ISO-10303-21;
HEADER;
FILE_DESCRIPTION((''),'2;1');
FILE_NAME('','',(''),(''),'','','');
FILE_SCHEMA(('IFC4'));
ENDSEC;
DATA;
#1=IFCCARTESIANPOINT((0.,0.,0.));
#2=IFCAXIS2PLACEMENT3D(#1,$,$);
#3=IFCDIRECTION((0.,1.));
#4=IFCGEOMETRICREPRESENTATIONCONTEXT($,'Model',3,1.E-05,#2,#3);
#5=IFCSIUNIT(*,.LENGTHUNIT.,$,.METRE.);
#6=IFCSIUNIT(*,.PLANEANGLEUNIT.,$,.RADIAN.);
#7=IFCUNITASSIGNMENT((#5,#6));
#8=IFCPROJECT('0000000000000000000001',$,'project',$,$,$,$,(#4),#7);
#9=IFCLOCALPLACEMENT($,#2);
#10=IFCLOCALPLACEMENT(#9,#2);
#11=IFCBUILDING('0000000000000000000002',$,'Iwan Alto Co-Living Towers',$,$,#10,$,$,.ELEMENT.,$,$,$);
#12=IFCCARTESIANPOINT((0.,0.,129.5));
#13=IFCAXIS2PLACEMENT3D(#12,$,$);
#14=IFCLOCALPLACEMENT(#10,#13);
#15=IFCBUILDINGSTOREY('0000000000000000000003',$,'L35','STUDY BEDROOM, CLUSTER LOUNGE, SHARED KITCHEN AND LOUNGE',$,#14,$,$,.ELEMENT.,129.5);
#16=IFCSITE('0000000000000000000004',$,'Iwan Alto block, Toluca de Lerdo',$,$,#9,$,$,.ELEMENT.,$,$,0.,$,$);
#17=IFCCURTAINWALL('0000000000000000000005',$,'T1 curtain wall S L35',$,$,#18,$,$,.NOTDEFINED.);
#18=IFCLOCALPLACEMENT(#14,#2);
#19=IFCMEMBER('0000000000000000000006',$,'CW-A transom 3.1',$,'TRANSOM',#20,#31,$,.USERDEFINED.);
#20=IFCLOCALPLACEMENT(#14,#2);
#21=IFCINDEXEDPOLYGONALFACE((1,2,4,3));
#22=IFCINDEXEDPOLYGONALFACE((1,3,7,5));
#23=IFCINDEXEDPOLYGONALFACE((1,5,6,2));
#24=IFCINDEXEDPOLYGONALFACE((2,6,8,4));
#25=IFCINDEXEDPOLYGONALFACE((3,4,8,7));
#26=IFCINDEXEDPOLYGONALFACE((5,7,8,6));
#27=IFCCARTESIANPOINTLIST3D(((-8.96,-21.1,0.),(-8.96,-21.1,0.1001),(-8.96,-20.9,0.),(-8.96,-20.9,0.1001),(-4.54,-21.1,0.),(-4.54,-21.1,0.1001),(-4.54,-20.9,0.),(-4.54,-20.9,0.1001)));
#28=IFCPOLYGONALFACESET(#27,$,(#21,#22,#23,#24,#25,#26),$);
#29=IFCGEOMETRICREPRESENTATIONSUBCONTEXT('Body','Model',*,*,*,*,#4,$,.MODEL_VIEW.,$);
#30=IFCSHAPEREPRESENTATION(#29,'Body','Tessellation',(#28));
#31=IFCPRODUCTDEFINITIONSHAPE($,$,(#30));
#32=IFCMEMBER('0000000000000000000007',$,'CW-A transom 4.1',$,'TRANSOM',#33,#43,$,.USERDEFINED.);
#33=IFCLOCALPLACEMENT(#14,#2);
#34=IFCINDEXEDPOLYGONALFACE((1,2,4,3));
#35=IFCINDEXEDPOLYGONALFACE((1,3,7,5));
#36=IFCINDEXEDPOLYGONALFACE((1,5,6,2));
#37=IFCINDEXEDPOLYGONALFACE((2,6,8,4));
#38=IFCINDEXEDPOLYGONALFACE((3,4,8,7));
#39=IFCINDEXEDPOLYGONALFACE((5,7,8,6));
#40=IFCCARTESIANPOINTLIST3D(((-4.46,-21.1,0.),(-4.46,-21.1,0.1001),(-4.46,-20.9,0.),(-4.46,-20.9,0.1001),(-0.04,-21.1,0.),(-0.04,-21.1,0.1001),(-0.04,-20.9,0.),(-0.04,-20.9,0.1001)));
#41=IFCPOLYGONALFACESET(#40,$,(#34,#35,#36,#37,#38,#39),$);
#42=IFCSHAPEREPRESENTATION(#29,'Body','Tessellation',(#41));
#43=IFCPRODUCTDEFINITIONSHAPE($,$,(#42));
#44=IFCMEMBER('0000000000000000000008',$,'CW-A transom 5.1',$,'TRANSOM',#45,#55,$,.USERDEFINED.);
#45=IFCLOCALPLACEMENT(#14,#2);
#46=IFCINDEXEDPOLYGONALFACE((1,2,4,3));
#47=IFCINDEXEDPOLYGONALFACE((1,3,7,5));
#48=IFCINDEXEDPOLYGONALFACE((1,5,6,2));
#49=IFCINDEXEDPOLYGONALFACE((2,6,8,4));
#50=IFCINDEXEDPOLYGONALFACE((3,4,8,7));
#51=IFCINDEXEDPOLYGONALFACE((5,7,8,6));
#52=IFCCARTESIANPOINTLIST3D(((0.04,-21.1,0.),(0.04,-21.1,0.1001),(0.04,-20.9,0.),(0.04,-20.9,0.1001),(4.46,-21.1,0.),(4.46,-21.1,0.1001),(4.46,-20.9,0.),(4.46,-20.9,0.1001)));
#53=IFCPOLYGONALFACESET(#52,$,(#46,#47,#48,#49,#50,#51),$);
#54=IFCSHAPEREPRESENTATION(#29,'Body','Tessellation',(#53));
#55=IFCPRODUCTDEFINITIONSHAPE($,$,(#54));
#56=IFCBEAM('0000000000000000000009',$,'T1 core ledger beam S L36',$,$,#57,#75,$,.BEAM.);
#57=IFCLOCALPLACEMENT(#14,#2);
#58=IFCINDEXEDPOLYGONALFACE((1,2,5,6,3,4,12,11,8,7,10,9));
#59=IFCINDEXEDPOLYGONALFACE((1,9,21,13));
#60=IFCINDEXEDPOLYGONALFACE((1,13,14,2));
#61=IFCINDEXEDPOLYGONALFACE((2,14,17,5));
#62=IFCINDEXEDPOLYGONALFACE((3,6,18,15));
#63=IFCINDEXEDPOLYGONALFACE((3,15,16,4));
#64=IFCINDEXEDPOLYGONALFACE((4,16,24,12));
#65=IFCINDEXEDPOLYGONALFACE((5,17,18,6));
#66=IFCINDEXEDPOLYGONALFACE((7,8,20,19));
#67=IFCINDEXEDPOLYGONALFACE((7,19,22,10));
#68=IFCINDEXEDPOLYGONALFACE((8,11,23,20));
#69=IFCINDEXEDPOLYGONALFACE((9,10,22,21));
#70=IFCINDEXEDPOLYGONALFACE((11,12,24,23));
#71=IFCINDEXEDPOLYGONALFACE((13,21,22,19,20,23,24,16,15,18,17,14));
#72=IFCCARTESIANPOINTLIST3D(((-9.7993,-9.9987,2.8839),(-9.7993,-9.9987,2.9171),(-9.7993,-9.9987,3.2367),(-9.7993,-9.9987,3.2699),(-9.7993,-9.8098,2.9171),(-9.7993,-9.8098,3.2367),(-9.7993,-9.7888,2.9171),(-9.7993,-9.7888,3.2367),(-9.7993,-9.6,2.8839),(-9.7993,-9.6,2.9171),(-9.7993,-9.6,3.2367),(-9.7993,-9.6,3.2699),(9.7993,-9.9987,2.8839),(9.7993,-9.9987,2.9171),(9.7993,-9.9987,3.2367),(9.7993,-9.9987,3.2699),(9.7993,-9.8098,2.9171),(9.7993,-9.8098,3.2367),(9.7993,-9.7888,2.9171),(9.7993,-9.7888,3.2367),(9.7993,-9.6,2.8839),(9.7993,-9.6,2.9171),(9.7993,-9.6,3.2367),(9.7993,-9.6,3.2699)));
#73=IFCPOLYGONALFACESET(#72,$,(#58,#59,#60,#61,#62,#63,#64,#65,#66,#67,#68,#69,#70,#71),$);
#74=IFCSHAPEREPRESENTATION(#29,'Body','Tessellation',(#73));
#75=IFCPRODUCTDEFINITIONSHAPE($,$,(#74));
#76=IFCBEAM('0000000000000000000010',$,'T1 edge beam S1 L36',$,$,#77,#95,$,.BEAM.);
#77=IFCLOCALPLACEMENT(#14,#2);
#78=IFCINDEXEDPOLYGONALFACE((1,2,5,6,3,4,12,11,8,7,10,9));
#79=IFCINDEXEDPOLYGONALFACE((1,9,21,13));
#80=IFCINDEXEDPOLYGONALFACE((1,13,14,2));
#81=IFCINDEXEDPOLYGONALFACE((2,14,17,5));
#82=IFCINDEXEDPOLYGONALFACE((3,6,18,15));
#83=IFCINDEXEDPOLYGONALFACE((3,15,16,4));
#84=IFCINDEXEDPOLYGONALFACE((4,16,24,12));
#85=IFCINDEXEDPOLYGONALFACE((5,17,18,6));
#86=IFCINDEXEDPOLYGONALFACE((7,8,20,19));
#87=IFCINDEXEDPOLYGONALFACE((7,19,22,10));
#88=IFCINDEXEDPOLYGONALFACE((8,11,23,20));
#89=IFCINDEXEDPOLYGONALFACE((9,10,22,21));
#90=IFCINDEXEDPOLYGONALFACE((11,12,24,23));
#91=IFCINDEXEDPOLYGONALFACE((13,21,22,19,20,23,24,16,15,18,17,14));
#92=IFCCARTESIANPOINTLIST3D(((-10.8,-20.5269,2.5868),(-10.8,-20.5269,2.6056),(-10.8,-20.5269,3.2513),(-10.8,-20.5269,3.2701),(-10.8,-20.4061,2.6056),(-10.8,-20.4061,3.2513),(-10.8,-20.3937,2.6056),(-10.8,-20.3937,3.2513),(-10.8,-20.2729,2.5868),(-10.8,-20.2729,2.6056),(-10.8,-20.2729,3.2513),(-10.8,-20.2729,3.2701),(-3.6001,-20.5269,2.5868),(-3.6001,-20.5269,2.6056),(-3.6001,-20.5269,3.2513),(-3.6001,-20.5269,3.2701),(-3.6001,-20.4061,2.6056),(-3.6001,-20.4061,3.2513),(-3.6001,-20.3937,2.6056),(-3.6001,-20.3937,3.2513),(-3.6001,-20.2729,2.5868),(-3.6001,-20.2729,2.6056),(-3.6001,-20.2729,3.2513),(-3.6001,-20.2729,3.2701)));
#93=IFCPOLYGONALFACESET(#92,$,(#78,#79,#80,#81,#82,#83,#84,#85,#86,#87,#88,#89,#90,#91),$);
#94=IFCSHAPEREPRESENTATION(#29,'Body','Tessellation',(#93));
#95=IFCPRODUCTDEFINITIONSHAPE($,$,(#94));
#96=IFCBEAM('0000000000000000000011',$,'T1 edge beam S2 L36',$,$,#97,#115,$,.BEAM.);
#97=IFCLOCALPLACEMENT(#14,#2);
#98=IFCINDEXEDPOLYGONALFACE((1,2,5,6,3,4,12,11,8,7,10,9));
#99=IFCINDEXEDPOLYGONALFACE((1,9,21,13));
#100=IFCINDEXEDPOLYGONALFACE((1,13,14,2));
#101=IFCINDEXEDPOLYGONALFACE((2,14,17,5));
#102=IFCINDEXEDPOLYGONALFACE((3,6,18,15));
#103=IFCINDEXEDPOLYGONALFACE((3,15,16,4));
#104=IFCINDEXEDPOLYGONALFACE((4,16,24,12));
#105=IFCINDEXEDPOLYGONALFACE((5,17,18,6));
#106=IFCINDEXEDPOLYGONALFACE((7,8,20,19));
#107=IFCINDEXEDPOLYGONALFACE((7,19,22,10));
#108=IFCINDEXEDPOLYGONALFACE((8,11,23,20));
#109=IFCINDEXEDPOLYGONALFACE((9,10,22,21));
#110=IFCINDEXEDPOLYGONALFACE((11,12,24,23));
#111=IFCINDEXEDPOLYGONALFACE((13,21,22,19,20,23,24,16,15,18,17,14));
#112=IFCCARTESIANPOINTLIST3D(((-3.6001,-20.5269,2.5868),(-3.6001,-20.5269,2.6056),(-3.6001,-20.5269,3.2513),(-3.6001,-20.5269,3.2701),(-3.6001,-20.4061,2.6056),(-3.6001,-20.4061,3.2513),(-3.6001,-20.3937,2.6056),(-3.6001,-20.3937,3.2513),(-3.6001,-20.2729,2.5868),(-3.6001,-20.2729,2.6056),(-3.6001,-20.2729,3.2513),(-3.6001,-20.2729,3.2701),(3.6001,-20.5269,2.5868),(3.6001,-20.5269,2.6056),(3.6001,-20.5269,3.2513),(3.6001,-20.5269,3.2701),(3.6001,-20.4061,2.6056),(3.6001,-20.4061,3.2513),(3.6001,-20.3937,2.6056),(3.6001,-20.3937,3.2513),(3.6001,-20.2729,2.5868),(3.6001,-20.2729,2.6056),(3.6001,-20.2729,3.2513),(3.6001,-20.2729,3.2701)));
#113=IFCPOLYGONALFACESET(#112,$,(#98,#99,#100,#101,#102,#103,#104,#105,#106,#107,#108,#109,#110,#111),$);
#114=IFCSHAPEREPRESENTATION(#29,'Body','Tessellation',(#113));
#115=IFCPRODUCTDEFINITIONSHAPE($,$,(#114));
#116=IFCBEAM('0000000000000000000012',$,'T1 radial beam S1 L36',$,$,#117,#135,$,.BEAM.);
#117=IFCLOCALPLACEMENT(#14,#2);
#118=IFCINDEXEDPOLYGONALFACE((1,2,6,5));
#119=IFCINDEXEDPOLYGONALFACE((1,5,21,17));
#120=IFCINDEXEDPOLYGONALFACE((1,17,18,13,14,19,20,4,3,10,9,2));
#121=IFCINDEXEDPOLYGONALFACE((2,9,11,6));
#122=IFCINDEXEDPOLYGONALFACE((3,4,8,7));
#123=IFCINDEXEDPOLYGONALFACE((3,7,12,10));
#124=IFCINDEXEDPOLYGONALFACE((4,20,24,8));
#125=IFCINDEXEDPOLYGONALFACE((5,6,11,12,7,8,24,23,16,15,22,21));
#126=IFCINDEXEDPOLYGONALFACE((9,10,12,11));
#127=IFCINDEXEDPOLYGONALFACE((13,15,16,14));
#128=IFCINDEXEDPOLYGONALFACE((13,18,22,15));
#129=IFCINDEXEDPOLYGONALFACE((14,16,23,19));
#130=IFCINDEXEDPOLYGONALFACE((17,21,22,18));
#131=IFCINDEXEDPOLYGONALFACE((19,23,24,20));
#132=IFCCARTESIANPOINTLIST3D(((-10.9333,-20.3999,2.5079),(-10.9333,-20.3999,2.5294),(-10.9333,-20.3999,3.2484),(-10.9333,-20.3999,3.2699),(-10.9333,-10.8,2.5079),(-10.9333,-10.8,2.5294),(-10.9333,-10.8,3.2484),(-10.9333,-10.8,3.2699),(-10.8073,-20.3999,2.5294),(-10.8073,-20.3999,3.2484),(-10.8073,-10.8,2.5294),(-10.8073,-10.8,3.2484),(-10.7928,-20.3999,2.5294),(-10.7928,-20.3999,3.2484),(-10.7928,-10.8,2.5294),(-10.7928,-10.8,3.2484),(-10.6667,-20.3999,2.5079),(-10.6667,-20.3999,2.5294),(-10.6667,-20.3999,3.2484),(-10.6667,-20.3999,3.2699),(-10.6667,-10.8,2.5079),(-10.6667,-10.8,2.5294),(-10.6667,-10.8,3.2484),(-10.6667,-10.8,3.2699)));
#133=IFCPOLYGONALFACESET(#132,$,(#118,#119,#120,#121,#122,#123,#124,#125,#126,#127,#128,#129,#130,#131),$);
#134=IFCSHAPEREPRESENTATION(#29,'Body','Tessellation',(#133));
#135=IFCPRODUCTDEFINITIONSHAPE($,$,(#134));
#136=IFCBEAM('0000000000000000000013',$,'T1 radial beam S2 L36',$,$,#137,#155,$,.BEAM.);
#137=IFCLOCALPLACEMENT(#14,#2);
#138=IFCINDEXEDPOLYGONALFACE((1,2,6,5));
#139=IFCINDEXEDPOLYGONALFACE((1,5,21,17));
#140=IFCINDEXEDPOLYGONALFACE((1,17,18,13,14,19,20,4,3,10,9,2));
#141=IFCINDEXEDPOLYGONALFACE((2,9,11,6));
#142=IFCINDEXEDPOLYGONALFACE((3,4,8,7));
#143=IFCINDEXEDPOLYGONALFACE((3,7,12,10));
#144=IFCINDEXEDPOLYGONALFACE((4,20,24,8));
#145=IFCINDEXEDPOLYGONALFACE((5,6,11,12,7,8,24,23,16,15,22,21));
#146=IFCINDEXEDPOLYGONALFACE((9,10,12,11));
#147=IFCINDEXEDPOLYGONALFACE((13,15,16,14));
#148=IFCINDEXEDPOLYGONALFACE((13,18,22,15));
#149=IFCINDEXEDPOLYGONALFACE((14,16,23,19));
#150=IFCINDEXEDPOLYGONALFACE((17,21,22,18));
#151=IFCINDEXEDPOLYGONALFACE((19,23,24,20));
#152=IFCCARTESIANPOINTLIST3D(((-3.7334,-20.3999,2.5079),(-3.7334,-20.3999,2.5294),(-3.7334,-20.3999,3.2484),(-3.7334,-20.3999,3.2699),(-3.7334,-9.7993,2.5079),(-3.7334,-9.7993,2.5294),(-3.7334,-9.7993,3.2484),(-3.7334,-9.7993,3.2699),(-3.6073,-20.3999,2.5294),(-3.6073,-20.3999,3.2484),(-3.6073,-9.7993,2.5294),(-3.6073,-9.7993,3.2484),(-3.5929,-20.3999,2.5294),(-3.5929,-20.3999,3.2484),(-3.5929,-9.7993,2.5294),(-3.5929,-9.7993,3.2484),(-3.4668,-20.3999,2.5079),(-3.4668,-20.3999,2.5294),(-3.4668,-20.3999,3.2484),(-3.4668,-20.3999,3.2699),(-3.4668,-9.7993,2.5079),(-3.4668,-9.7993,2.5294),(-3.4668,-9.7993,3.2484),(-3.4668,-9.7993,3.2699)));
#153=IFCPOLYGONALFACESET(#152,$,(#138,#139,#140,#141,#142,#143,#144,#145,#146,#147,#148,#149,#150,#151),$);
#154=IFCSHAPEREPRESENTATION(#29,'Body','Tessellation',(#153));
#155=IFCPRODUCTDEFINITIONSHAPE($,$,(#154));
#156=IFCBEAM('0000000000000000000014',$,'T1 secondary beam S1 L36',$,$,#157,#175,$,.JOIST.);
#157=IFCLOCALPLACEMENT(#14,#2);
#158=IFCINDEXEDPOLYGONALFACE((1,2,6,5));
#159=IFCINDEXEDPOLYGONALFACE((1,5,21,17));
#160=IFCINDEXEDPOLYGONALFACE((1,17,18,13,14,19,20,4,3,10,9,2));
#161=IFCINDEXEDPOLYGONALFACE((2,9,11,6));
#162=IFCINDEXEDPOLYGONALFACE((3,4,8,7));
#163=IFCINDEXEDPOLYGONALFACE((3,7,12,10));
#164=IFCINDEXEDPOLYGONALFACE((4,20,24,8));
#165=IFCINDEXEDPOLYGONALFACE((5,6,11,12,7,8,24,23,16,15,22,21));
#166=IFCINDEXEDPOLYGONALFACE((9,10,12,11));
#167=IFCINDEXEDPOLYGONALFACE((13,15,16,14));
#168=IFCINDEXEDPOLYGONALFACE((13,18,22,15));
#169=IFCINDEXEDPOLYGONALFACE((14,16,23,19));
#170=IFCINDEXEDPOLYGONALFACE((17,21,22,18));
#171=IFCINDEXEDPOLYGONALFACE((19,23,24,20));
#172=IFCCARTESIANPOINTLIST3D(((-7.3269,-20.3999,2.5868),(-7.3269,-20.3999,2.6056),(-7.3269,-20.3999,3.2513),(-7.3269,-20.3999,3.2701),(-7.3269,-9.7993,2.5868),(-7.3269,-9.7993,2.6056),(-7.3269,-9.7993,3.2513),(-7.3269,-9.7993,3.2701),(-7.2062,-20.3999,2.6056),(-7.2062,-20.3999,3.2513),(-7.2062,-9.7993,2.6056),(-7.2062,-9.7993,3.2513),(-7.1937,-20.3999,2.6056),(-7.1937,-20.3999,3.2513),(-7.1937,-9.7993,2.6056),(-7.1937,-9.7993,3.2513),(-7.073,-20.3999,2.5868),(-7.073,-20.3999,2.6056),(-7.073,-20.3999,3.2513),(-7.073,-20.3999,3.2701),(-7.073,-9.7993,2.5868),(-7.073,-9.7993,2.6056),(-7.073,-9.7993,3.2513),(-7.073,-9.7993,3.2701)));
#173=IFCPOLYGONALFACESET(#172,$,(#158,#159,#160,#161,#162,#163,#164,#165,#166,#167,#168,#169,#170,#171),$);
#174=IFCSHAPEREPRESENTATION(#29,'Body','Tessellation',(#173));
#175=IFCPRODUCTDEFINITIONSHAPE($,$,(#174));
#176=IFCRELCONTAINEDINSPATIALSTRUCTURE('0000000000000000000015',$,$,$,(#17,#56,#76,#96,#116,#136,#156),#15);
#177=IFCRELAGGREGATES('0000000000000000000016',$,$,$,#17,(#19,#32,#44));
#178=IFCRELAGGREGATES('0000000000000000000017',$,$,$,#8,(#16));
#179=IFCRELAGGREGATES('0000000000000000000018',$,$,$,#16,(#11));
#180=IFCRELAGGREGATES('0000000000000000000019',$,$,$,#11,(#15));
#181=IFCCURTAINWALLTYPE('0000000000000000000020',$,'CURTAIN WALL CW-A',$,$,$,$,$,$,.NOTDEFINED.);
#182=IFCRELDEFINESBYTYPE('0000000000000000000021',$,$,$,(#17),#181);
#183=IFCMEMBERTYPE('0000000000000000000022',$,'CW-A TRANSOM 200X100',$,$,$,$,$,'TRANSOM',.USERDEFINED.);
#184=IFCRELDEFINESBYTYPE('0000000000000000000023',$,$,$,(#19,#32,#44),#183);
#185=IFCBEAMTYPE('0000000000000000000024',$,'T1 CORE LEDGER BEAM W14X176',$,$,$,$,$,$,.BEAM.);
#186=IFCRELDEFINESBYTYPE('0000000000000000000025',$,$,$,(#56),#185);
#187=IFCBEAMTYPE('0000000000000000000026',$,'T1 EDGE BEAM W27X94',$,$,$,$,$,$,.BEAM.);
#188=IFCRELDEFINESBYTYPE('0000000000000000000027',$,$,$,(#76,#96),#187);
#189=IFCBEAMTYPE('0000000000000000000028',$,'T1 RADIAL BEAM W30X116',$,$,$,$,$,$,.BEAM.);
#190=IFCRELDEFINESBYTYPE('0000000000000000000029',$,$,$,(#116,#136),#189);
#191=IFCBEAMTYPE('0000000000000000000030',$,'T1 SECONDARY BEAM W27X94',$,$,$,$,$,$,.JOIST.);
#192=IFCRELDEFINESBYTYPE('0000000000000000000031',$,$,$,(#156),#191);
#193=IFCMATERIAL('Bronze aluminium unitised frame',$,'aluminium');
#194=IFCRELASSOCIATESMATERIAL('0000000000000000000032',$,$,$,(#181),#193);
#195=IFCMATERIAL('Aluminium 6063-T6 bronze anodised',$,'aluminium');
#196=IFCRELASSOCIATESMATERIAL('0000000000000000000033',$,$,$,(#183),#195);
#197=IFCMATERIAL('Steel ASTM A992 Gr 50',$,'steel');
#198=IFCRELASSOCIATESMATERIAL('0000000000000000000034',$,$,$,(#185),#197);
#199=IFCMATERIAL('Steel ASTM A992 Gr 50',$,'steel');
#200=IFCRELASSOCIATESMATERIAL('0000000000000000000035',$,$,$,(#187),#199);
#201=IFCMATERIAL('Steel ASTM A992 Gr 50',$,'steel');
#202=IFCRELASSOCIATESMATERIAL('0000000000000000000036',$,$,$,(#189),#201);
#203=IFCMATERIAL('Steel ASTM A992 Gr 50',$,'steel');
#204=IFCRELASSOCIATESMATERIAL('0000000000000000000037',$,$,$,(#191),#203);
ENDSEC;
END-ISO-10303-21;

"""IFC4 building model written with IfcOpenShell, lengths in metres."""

from ifc_helpers import new_model, si_unit, direction, frame, origin, origin_2d, place, context, subcontext, project, spatial, rectangle, i_section, extrude, material, material_profile, profile_set, type_object, element, aggregate, save


model = new_model("IFC4")

# Units and contexts
model_context = context("Model", 3, precision=1e-05, world=origin(), true_north=direction((0.0, 1.0)))
body_context = subcontext(model_context, "Body", "Model", "MODEL_VIEW")
ifc_project = project(units=[si_unit("LENGTHUNIT", "METRE"), si_unit("PLANEANGLEUNIT", "RADIAN")], contexts=[model_context])

# Site, building, storey
site_placement = place(None, origin())
site = spatial("IfcSite", under=ifc_project, at=site_placement, Name="Iwan Alto block, Toluca de Lerdo", CompositionType="ELEMENT", RefElevation=0.0)
building_placement = place(site_placement, origin())
building = spatial("IfcBuilding", under=site, at=building_placement, Name="Iwan Alto Co-Living Towers", CompositionType="ELEMENT")
storey_placement = place(building_placement, frame((0.0, 0.0, 129.5)))
storey = spatial("IfcBuildingStorey", under=building, at=storey_placement, Name="L35", Description="STUDY BEDROOM, CLUSTER LOUNGE, SHARED KITCHEN AND LOUNGE", CompositionType="ELEMENT", Elevation=129.5)

# Curtain wall, members
ifc_material_1 = material(Name="Bronze aluminium unitised frame", Category="aluminium")
curtain_wall_type = type_object("IfcCurtainWallType", Name="CURTAIN WALL CW-A", PredefinedType="NOTDEFINED", material=ifc_material_1)
curtain_wall_placement = place(storey_placement, origin())
curtain_wall = element("IfcCurtainWall", 1, at=curtain_wall_placement, inside=storey, type_object=curtain_wall_type, Name="T1 curtain wall S L35", PredefinedType="NOTDEFINED")
ifc_material_2 = material(Name="Aluminium 6063-T6 bronze anodised", Category="aluminium")
ifc_material_profile_1 = material_profile(ifc_material_2, rectangle(XDim=0.2, YDim=0.1001, at=origin_2d()), Name="AL 200X100")
ifc_profile_set_1 = profile_set([ifc_material_profile_1], Name="Aluminium 6063-T6 bronze anodised")
member_type = type_object("IfcMemberType", Name="CW-A TRANSOM 200X100", ElementType="TRANSOM", PredefinedType="USERDEFINED", material=ifc_profile_set_1)
member_1_placement = place(storey_placement, frame((-8.96, -21.0, 0.05), z_axis=(1.0, 0.0, 0.0), x_axis=(0.0, 1.0, 0.0)))
member_1 = element("IfcMember", 2, at=member_1_placement, type_object=member_type, Name="CW-A transom 3.1", ObjectType="TRANSOM", PredefinedType="USERDEFINED", context=body_context, shape_type="SweptSolid", body=[
    extrude(rectangle(XDim=0.2, YDim=0.1001, at=origin_2d()), origin(), (0.0, 0.0, 1.0), 4.4199),
])
member_2_placement = place(storey_placement, frame((-4.46, -21.0, 0.05), z_axis=(1.0, 0.0, 0.0), x_axis=(0.0, 1.0, 0.0)))
member_2 = element("IfcMember", 3, at=member_2_placement, type_object=member_type, Name="CW-A transom 4.1", ObjectType="TRANSOM", PredefinedType="USERDEFINED", context=body_context, shape_type="SweptSolid", body=[
    extrude(rectangle(XDim=0.2, YDim=0.1001, at=origin_2d()), origin(), (0.0, 0.0, 1.0), 4.4199),
])
member_3_placement = place(storey_placement, frame((0.04, -21.0, 0.05), z_axis=(1.0, 0.0, 0.0), x_axis=(0.0, 1.0, 0.0)))
member_3 = element("IfcMember", 4, at=member_3_placement, type_object=member_type, Name="CW-A transom 5.1", ObjectType="TRANSOM", PredefinedType="USERDEFINED", context=body_context, shape_type="SweptSolid", body=[
    extrude(rectangle(XDim=0.2, YDim=0.1001, at=origin_2d()), origin(), (0.0, 0.0, 1.0), 4.4199),
])

# Beams
ifc_material_3 = material(Name="Steel ASTM A992 Gr 50", Category="steel")
ifc_material_profile_2 = material_profile(ifc_material_3, i_section(OverallWidth=0.3987, OverallDepth=0.386, WebThickness=0.021, FlangeThickness=0.0332, at=origin_2d()), Name="W14X176")
ifc_profile_set_2 = profile_set([ifc_material_profile_2], Name="Steel ASTM A992 Gr 50")
beam_type_1 = type_object("IfcBeamType", Name="T1 CORE LEDGER BEAM W14X176", PredefinedType="BEAM", material=ifc_profile_set_2)
beam_1_placement = place(storey_placement, frame((-9.7993, -9.7993, 3.0769), z_axis=(1.0, 0.0, 0.0), x_axis=(0.0, 1.0, 0.0)))
element("IfcBeam", 5, at=beam_1_placement, inside=storey, type_object=beam_type_1, Name="T1 core ledger beam S L36", PredefinedType="BEAM", context=body_context, shape_type="SweptSolid", body=[
    extrude(i_section(OverallWidth=0.3987, OverallDepth=0.386, WebThickness=0.021, FlangeThickness=0.0332, at=origin_2d()), origin(), (0.0, 0.0, 1.0), 19.5986),
])
ifc_material_4 = material(Name="Steel ASTM A992 Gr 50", Category="steel")
ifc_material_profile_3 = material_profile(ifc_material_4, i_section(OverallWidth=0.2539, OverallDepth=0.6833, WebThickness=0.0125, FlangeThickness=0.0188, at=origin_2d()), Name="W27X94")
ifc_profile_set_3 = profile_set([ifc_material_profile_3], Name="Steel ASTM A992 Gr 50")
beam_type_2 = type_object("IfcBeamType", Name="T1 EDGE BEAM W27X94", PredefinedType="BEAM", material=ifc_profile_set_3)
beam_2_placement = place(storey_placement, frame((-10.8, -20.3999, 2.9285), z_axis=(1.0, 0.0, 0.0), x_axis=(0.0, 1.0, 0.0)))
element("IfcBeam", 6, at=beam_2_placement, inside=storey, type_object=beam_type_2, Name="T1 edge beam S1 L36", PredefinedType="BEAM", context=body_context, shape_type="SweptSolid", body=[
    extrude(i_section(OverallWidth=0.2539, OverallDepth=0.6833, WebThickness=0.0125, FlangeThickness=0.0188, at=origin_2d()), origin(), (0.0, 0.0, 1.0), 7.2),
])
beam_3_placement = place(storey_placement, frame((-3.6001, -20.3999, 2.9285), z_axis=(1.0, 0.0, 0.0), x_axis=(0.0, 1.0, 0.0)))
element("IfcBeam", 7, at=beam_3_placement, inside=storey, type_object=beam_type_2, Name="T1 edge beam S2 L36", PredefinedType="BEAM", context=body_context, shape_type="SweptSolid", body=[
    extrude(i_section(OverallWidth=0.2539, OverallDepth=0.6833, WebThickness=0.0125, FlangeThickness=0.0188, at=origin_2d()), origin(), (0.0, 0.0, 1.0), 7.2002),
])
ifc_material_5 = material(Name="Steel ASTM A992 Gr 50", Category="steel")
ifc_material_profile_4 = material_profile(ifc_material_5, i_section(OverallWidth=0.2666, OverallDepth=0.762, WebThickness=0.0144, FlangeThickness=0.0215, at=origin_2d()), Name="W30X116")
ifc_profile_set_4 = profile_set([ifc_material_profile_4], Name="Steel ASTM A992 Gr 50")
beam_type_3 = type_object("IfcBeamType", Name="T1 RADIAL BEAM W30X116", PredefinedType="BEAM", material=ifc_profile_set_4)
beam_4_placement = place(storey_placement, frame((-10.8, -20.3999, 2.8889), z_axis=(0.0, 1.0, 0.0), x_axis=(-1.0, 0.0, 0.0)))
element("IfcBeam", 8, at=beam_4_placement, inside=storey, type_object=beam_type_3, Name="T1 radial beam S1 L36", PredefinedType="BEAM", context=body_context, shape_type="SweptSolid", body=[
    extrude(i_section(OverallWidth=0.2666, OverallDepth=0.762, WebThickness=0.0144, FlangeThickness=0.0215, at=origin_2d()), origin(), (0.0, 0.0, 1.0), 9.5999),
])
beam_5_placement = place(storey_placement, frame((-3.6001, -20.3999, 2.8889), z_axis=(0.0, 1.0, 0.0), x_axis=(-1.0, 0.0, 0.0)))
element("IfcBeam", 9, at=beam_5_placement, inside=storey, type_object=beam_type_3, Name="T1 radial beam S2 L36", PredefinedType="BEAM", context=body_context, shape_type="SweptSolid", body=[
    extrude(i_section(OverallWidth=0.2666, OverallDepth=0.762, WebThickness=0.0144, FlangeThickness=0.0215, at=origin_2d()), origin(), (0.0, 0.0, 1.0), 10.6006),
])
ifc_material_6 = material(Name="Steel ASTM A992 Gr 50", Category="steel")
ifc_material_profile_5 = material_profile(ifc_material_6, i_section(OverallWidth=0.2539, OverallDepth=0.6833, WebThickness=0.0125, FlangeThickness=0.0188, at=origin_2d()), Name="W27X94")
ifc_profile_set_5 = profile_set([ifc_material_profile_5], Name="Steel ASTM A992 Gr 50")
beam_type_4 = type_object("IfcBeamType", Name="T1 SECONDARY BEAM W27X94", PredefinedType="JOIST", material=ifc_profile_set_5)
for number, where, z_axis, x_axis, name in (
    (10, (-7.2, -20.3999, 2.9285), (0.0, 1.0, 0.0), (-1.0, 0.0, 0.0), "T1 secondary beam S1 L36"),
):
    element("IfcBeam", number, at=place(storey_placement, frame(where, z_axis=z_axis, x_axis=x_axis)), inside=storey, type_object=beam_type_4, Name=name, PredefinedType="JOIST", context=body_context, shape_type="SweptSolid", body=[
        extrude(i_section(OverallWidth=0.2539, OverallDepth=0.6833, WebThickness=0.0125, FlangeThickness=0.0188, at=origin_2d()), origin(), (0.0, 0.0, 1.0), 10.6006),
    ])

aggregate(curtain_wall, [member_1, member_2, member_3])

save(model, "model.ifc")
